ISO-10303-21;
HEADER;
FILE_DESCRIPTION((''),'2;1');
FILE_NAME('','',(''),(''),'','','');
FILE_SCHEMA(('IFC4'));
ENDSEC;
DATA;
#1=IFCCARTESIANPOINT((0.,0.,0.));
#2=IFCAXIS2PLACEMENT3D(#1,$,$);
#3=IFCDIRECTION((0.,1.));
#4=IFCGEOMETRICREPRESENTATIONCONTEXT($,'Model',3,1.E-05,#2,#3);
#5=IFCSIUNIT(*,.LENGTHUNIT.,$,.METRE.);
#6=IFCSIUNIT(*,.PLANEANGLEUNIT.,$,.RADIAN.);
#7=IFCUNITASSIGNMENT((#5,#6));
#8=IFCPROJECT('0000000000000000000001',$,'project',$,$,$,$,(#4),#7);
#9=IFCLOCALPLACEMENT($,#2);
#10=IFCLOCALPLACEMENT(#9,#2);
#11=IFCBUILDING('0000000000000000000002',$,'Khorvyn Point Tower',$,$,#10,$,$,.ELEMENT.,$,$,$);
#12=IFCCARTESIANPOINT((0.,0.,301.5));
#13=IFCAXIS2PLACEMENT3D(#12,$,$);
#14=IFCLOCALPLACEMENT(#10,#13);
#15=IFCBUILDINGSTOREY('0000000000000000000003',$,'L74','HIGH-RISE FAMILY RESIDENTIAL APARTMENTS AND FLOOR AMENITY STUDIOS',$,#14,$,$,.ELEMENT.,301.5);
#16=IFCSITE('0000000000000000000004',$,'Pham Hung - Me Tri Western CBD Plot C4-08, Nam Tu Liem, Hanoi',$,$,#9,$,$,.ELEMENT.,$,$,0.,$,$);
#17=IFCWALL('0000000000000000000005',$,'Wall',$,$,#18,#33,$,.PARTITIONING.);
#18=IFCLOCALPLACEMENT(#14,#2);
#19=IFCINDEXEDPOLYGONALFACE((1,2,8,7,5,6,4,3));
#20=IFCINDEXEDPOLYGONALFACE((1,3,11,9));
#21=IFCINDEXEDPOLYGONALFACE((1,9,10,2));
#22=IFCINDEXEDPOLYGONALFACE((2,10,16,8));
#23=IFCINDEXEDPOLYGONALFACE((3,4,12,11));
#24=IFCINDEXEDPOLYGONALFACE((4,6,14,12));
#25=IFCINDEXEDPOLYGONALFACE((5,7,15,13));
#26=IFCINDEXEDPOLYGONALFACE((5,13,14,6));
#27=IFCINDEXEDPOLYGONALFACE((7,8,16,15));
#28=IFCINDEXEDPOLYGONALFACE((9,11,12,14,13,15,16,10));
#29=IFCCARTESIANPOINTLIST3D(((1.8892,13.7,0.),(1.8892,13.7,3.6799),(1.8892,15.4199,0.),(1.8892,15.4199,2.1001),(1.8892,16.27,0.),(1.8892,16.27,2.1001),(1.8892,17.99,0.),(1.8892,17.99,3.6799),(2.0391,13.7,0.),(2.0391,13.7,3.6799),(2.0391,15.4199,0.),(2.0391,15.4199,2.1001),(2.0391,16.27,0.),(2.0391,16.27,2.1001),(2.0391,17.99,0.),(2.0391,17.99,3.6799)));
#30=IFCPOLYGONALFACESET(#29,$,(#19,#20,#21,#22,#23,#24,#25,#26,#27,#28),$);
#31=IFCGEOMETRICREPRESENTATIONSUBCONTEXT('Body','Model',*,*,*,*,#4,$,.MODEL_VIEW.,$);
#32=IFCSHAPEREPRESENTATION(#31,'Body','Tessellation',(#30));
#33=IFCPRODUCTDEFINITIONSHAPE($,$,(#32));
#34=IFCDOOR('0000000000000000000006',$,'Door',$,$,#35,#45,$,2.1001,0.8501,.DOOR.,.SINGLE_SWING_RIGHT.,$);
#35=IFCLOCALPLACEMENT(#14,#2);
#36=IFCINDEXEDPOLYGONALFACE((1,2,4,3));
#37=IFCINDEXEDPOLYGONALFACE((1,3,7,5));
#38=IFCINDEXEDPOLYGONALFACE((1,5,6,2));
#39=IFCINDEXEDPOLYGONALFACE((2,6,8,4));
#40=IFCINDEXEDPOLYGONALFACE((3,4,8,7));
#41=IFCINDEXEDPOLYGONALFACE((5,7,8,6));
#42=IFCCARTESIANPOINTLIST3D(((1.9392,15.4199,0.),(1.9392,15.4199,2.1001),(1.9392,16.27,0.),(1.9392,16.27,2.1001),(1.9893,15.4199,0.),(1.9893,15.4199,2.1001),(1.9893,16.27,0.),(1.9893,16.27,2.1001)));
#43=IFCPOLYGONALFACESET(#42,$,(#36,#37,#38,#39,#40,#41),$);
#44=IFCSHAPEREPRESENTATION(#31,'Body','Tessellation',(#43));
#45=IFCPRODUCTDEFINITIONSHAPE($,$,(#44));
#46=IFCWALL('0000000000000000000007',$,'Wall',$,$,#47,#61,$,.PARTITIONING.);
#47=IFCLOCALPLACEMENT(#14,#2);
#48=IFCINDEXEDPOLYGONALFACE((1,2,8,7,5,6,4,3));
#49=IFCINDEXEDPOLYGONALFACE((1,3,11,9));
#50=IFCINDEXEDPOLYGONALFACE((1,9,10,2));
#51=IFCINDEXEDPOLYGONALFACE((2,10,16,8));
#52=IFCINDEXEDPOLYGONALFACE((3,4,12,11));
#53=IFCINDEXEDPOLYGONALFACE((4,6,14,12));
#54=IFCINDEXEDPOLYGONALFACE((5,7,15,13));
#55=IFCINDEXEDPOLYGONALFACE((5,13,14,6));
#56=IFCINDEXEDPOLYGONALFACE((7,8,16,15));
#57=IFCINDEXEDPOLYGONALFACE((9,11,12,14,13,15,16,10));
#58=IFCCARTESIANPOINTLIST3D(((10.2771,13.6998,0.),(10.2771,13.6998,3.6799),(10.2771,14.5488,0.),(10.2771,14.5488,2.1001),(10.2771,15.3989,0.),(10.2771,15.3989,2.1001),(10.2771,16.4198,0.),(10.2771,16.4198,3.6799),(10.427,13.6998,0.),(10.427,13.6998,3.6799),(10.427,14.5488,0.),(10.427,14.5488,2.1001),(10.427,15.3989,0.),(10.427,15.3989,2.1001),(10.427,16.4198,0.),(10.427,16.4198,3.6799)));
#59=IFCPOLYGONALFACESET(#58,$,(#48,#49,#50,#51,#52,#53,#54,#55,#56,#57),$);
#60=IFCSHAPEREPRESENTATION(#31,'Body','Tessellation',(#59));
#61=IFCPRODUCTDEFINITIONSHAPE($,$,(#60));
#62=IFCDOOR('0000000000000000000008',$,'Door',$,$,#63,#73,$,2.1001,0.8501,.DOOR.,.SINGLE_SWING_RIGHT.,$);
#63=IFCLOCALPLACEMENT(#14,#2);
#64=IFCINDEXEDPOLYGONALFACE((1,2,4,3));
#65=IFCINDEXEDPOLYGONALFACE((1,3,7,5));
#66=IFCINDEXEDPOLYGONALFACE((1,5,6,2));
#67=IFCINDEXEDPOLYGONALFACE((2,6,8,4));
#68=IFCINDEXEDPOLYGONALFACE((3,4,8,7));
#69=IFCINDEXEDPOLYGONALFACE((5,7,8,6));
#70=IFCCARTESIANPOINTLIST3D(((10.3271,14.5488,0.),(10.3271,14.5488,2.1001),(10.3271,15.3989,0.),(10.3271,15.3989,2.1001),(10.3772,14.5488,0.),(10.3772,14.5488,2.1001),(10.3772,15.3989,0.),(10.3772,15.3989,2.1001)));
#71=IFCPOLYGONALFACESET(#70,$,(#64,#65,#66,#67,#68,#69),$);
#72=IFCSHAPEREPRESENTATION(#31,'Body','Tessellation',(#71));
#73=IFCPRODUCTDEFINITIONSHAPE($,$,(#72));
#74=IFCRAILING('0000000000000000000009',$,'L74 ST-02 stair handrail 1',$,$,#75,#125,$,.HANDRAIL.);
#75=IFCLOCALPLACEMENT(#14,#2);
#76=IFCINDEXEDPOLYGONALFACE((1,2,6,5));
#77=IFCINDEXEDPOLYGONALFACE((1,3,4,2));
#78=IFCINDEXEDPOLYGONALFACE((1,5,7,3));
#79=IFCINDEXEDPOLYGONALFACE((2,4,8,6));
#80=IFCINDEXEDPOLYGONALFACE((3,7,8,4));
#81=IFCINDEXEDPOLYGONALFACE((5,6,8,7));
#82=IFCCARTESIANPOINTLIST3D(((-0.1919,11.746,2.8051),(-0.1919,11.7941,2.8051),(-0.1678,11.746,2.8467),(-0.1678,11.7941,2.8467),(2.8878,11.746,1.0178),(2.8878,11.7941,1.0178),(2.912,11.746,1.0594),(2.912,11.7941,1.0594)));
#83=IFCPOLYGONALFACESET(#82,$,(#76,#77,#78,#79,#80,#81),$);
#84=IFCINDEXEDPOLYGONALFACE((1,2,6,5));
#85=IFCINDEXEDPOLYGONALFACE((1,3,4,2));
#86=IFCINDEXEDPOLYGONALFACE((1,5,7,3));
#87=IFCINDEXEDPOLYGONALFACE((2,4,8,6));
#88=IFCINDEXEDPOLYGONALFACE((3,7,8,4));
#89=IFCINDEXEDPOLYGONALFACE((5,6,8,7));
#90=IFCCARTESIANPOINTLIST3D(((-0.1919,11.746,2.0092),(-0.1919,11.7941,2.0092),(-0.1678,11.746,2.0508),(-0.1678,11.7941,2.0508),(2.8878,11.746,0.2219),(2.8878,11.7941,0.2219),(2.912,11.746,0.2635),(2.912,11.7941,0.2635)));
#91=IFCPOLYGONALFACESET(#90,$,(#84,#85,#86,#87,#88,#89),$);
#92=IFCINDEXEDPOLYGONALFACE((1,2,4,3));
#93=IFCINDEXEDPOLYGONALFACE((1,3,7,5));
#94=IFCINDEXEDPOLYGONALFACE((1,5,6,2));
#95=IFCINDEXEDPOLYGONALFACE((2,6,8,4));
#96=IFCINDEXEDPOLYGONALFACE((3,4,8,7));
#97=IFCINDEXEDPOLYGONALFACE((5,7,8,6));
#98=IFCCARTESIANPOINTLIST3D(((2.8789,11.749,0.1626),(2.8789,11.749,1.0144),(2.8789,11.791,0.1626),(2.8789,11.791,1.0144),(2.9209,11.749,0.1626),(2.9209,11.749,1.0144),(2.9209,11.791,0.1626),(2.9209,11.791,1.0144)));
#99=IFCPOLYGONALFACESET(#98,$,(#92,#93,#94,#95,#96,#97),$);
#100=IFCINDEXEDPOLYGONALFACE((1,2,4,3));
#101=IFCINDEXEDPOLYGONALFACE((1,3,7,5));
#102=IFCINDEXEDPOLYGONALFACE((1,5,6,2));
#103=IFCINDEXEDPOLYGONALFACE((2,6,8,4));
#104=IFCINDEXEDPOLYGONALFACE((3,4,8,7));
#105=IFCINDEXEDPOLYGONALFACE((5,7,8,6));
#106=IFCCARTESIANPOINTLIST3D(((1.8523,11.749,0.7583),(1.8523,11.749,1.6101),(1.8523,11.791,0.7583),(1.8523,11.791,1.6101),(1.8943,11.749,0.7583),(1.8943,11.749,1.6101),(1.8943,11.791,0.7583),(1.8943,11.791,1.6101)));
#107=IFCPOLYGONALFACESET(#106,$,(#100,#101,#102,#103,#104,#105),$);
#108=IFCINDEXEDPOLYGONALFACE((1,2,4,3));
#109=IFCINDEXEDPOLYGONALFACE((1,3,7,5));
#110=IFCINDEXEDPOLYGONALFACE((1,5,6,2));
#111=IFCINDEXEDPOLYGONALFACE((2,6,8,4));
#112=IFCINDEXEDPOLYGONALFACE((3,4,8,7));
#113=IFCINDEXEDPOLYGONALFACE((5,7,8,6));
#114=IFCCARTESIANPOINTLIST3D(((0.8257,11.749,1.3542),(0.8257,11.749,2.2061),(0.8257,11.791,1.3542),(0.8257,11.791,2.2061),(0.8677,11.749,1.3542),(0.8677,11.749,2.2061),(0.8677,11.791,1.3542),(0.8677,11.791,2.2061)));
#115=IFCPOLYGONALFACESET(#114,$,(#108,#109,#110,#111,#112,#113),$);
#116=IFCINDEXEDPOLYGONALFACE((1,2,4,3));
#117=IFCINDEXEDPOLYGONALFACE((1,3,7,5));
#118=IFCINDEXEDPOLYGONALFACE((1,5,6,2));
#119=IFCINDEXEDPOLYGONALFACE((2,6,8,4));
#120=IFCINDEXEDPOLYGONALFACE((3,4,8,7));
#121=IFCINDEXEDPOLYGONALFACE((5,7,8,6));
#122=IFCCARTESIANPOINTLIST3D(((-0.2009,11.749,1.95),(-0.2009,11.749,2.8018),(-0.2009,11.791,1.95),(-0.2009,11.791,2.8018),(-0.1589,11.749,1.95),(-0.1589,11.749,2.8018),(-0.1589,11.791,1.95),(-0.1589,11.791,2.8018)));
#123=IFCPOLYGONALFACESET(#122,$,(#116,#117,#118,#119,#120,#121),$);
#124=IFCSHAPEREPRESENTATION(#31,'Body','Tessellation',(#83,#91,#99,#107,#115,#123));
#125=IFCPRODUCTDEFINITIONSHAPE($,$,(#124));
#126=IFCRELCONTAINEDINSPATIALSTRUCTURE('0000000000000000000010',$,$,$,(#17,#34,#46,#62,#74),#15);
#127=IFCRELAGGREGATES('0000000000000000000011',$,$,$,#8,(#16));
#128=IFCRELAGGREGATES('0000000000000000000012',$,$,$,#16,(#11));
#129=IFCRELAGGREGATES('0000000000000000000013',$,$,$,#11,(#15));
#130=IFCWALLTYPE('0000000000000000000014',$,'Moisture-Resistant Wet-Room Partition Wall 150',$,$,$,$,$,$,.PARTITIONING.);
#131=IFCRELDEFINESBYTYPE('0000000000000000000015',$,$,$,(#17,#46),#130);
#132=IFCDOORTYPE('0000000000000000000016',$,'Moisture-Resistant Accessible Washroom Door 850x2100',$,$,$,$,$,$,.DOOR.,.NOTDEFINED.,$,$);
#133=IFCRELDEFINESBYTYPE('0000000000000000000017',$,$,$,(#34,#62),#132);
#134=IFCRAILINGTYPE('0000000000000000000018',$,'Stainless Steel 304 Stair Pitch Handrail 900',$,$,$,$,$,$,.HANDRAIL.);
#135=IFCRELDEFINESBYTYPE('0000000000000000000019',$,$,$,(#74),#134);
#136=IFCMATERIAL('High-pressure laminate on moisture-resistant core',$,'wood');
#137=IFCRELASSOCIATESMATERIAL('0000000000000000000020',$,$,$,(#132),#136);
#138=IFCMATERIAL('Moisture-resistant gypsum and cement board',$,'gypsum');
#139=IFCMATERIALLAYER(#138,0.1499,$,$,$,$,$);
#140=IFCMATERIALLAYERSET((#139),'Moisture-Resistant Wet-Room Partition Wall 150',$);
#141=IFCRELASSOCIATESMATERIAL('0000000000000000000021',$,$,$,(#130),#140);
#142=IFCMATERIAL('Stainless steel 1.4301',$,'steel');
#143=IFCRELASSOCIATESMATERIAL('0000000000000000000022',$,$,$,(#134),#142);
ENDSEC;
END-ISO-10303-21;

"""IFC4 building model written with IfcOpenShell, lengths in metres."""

from ifc_helpers import new_model, si_unit, direction, frame, frame_2d, origin, origin_2d, place, context, subcontext, project, spatial, rectangle, extrude, material, layer, layer_set, type_object, element, fill, save


model = new_model("IFC4")

# Units and contexts
model_context = context("Model", 3, precision=1e-05, world=origin(), true_north=direction((0.0, 1.0)))
body_context = subcontext(model_context, "Body", "Model", "MODEL_VIEW")
ifc_project = project(units=[si_unit("LENGTHUNIT", "METRE"), si_unit("PLANEANGLEUNIT", "RADIAN")], contexts=[model_context])

# Site, building, storey
site_placement = place(None, origin())
site = spatial("IfcSite", under=ifc_project, at=site_placement, Name="Pham Hung - Me Tri Western CBD Plot C4-08, Nam Tu Liem, Hanoi", CompositionType="ELEMENT", RefElevation=0.0)
building_placement = place(site_placement, origin())
building = spatial("IfcBuilding", under=site, at=building_placement, Name="Khorvyn Point Tower", CompositionType="ELEMENT")
storey_placement = place(building_placement, frame((0.0, 0.0, 301.5)))
storey = spatial("IfcBuildingStorey", under=building, at=storey_placement, Name="L74", Description="HIGH-RISE FAMILY RESIDENTIAL APARTMENTS AND FLOOR AMENITY STUDIOS", CompositionType="ELEMENT", Elevation=301.5)

# Walls, openings, doors
ifc_material_1 = material(Name="High-pressure laminate on moisture-resistant core", Category="wood")
door_type_1 = type_object("IfcDoorType", Name="Moisture-Resistant Accessible Washroom Door 850x2100", OperationType="NOTDEFINED", PredefinedType="DOOR", material=ifc_material_1)
ifc_material_2 = material(Name="Moisture-resistant gypsum and cement board", Category="gypsum")
ifc_layer_1 = layer(ifc_material_2, 0.1499)
ifc_layer_set_1 = layer_set([ifc_layer_1], Name="Moisture-Resistant Wet-Room Partition Wall 150")
wall_type_1 = type_object("IfcWallType", Name="Moisture-Resistant Wet-Room Partition Wall 150", PredefinedType="PARTITIONING", material=ifc_layer_set_1)
wall_1_placement = place(storey_placement, frame((1.9641, 13.7, 0.0), z_axis=(0.0, 0.0, 1.0), x_axis=(0.0, 1.0, 0.0)))
wall_1 = element("IfcWall", 1, at=wall_1_placement, inside=storey, type_object=wall_type_1, Name="Wall", PredefinedType="PARTITIONING", context=body_context, shape_type="SweptSolid", body=[
    extrude(rectangle(XDim=4.29, YDim=0.1499, at=frame_2d((2.145, 0.0))), origin(), (0.0, 0.0, 1.0), 3.6799),
])
opening_1_placement = place(wall_1_placement, frame((1.72, 0.0, 0.0)))
opening_1 = element("IfcOpeningElement", 2, at=opening_1_placement, cuts=wall_1, PredefinedType="OPENING", context=body_context, shape_type="SweptSolid", body=[
    extrude(rectangle(XDim=0.8501, YDim=2.1001, at=frame_2d((0.425, 1.05))), frame((0.0, 0.085, 0.0), z_axis=(0.0, -1.0, 0.0), x_axis=(1.0, 0.0, 0.0)), (0.0, 0.0, 1.0), 0.1699),
])
door_1_placement = place(opening_1_placement, origin())
door_1 = element("IfcDoor", 3, at=door_1_placement, inside=storey, type_object=door_type_1, Name="Door", OperationType="SINGLE_SWING_RIGHT", OverallHeight=2.1001, OverallWidth=0.8501, PredefinedType="DOOR", context=body_context, shape_type="SweptSolid", body=[
    extrude(rectangle(XDim=0.8501, YDim=2.1001, at=frame_2d((0.425, 1.05))), frame((0.0, 0.0249, 0.0), z_axis=(0.0, -1.0, 0.0), x_axis=(1.0, 0.0, 0.0)), (0.0, 0.0, 1.0), 0.05),
])
fill(opening_1, door_1)
wall_2_placement = place(storey_placement, frame((10.3521, 13.7, 0.0), z_axis=(0.0, 0.0, 1.0), x_axis=(0.0, 1.0, 0.0)))
wall_2 = element("IfcWall", 4, at=wall_2_placement, inside=storey, type_object=wall_type_1, Name="Wall", PredefinedType="PARTITIONING", context=body_context, shape_type="SweptSolid", body=[
    extrude(rectangle(XDim=2.72, YDim=0.1499, at=frame_2d((1.3599, 0.0))), origin(), (0.0, 0.0, 1.0), 3.6799),
])
opening_2_placement = place(wall_2_placement, frame((0.8489, 0.0, 0.0)))
opening_2 = element("IfcOpeningElement", 5, at=opening_2_placement, cuts=wall_2, PredefinedType="OPENING", context=body_context, shape_type="SweptSolid", body=[
    extrude(rectangle(XDim=0.8501, YDim=2.1001, at=frame_2d((0.425, 1.05))), frame((0.0, 0.085, 0.0), z_axis=(0.0, -1.0, 0.0), x_axis=(1.0, 0.0, 0.0)), (0.0, 0.0, 1.0), 0.1699),
])
door_2_placement = place(opening_2_placement, origin())
door_2 = element("IfcDoor", 6, at=door_2_placement, inside=storey, type_object=door_type_1, Name="Door", OperationType="SINGLE_SWING_RIGHT", OverallHeight=2.1001, OverallWidth=0.8501, PredefinedType="DOOR", context=body_context, shape_type="SweptSolid", body=[
    extrude(rectangle(XDim=0.8501, YDim=2.1001, at=frame_2d((0.425, 1.05))), frame((0.0, 0.0249, 0.0), z_axis=(0.0, -1.0, 0.0), x_axis=(1.0, 0.0, 0.0)), (0.0, 0.0, 1.0), 0.05),
])
fill(opening_2, door_2)

# Railing
ifc_material_3 = material(Name="Stainless steel 1.4301", Category="steel")
railing_type = type_object("IfcRailingType", Name="Stainless Steel 304 Stair Pitch Handrail 900", PredefinedType="HANDRAIL", material=ifc_material_3)
railing_placement = place(storey_placement, frame((2.8999, 11.77, 0.1626)))
element("IfcRailing", 7, at=railing_placement, inside=storey, type_object=railing_type, Name="L74 ST-02 stair handrail 1", PredefinedType="HANDRAIL", context=body_context, shape_type="SweptSolid", body=[
    extrude(rectangle(XDim=0.0481, YDim=0.0481, at=origin_2d()), frame((0.0, 0.0, 0.876), z_axis=(-0.864903, 0.0, 0.501939), x_axis=(0.0, -1.0, 0.0)), (0.0, 0.0, 1.0), 3.5608),
    extrude(rectangle(XDim=0.0481, YDim=0.0481, at=origin_2d()), frame((0.0, 0.0, 0.0801), z_axis=(-0.864903, 0.0, 0.501939), x_axis=(0.0, -1.0, 0.0)), (0.0, 0.0, 1.0), 3.5608),
    extrude(rectangle(XDim=0.042, YDim=0.042, at=origin_2d()), origin(), (0.0, 0.0, 1.0), 0.8518),
    extrude(rectangle(XDim=0.042, YDim=0.042, at=origin_2d()), frame((-1.0266, 0.0, 0.5957)), (0.0, 0.0, 1.0), 0.8518),
    extrude(rectangle(XDim=0.042, YDim=0.042, at=origin_2d()), frame((-2.0532, 0.0, 1.1917)), (0.0, 0.0, 1.0), 0.8518),
    extrude(rectangle(XDim=0.042, YDim=0.042, at=origin_2d()), frame((-3.0798, 0.0, 1.7874)), (0.0, 0.0, 1.0), 0.8518),
])

save(model, "model.ifc")
